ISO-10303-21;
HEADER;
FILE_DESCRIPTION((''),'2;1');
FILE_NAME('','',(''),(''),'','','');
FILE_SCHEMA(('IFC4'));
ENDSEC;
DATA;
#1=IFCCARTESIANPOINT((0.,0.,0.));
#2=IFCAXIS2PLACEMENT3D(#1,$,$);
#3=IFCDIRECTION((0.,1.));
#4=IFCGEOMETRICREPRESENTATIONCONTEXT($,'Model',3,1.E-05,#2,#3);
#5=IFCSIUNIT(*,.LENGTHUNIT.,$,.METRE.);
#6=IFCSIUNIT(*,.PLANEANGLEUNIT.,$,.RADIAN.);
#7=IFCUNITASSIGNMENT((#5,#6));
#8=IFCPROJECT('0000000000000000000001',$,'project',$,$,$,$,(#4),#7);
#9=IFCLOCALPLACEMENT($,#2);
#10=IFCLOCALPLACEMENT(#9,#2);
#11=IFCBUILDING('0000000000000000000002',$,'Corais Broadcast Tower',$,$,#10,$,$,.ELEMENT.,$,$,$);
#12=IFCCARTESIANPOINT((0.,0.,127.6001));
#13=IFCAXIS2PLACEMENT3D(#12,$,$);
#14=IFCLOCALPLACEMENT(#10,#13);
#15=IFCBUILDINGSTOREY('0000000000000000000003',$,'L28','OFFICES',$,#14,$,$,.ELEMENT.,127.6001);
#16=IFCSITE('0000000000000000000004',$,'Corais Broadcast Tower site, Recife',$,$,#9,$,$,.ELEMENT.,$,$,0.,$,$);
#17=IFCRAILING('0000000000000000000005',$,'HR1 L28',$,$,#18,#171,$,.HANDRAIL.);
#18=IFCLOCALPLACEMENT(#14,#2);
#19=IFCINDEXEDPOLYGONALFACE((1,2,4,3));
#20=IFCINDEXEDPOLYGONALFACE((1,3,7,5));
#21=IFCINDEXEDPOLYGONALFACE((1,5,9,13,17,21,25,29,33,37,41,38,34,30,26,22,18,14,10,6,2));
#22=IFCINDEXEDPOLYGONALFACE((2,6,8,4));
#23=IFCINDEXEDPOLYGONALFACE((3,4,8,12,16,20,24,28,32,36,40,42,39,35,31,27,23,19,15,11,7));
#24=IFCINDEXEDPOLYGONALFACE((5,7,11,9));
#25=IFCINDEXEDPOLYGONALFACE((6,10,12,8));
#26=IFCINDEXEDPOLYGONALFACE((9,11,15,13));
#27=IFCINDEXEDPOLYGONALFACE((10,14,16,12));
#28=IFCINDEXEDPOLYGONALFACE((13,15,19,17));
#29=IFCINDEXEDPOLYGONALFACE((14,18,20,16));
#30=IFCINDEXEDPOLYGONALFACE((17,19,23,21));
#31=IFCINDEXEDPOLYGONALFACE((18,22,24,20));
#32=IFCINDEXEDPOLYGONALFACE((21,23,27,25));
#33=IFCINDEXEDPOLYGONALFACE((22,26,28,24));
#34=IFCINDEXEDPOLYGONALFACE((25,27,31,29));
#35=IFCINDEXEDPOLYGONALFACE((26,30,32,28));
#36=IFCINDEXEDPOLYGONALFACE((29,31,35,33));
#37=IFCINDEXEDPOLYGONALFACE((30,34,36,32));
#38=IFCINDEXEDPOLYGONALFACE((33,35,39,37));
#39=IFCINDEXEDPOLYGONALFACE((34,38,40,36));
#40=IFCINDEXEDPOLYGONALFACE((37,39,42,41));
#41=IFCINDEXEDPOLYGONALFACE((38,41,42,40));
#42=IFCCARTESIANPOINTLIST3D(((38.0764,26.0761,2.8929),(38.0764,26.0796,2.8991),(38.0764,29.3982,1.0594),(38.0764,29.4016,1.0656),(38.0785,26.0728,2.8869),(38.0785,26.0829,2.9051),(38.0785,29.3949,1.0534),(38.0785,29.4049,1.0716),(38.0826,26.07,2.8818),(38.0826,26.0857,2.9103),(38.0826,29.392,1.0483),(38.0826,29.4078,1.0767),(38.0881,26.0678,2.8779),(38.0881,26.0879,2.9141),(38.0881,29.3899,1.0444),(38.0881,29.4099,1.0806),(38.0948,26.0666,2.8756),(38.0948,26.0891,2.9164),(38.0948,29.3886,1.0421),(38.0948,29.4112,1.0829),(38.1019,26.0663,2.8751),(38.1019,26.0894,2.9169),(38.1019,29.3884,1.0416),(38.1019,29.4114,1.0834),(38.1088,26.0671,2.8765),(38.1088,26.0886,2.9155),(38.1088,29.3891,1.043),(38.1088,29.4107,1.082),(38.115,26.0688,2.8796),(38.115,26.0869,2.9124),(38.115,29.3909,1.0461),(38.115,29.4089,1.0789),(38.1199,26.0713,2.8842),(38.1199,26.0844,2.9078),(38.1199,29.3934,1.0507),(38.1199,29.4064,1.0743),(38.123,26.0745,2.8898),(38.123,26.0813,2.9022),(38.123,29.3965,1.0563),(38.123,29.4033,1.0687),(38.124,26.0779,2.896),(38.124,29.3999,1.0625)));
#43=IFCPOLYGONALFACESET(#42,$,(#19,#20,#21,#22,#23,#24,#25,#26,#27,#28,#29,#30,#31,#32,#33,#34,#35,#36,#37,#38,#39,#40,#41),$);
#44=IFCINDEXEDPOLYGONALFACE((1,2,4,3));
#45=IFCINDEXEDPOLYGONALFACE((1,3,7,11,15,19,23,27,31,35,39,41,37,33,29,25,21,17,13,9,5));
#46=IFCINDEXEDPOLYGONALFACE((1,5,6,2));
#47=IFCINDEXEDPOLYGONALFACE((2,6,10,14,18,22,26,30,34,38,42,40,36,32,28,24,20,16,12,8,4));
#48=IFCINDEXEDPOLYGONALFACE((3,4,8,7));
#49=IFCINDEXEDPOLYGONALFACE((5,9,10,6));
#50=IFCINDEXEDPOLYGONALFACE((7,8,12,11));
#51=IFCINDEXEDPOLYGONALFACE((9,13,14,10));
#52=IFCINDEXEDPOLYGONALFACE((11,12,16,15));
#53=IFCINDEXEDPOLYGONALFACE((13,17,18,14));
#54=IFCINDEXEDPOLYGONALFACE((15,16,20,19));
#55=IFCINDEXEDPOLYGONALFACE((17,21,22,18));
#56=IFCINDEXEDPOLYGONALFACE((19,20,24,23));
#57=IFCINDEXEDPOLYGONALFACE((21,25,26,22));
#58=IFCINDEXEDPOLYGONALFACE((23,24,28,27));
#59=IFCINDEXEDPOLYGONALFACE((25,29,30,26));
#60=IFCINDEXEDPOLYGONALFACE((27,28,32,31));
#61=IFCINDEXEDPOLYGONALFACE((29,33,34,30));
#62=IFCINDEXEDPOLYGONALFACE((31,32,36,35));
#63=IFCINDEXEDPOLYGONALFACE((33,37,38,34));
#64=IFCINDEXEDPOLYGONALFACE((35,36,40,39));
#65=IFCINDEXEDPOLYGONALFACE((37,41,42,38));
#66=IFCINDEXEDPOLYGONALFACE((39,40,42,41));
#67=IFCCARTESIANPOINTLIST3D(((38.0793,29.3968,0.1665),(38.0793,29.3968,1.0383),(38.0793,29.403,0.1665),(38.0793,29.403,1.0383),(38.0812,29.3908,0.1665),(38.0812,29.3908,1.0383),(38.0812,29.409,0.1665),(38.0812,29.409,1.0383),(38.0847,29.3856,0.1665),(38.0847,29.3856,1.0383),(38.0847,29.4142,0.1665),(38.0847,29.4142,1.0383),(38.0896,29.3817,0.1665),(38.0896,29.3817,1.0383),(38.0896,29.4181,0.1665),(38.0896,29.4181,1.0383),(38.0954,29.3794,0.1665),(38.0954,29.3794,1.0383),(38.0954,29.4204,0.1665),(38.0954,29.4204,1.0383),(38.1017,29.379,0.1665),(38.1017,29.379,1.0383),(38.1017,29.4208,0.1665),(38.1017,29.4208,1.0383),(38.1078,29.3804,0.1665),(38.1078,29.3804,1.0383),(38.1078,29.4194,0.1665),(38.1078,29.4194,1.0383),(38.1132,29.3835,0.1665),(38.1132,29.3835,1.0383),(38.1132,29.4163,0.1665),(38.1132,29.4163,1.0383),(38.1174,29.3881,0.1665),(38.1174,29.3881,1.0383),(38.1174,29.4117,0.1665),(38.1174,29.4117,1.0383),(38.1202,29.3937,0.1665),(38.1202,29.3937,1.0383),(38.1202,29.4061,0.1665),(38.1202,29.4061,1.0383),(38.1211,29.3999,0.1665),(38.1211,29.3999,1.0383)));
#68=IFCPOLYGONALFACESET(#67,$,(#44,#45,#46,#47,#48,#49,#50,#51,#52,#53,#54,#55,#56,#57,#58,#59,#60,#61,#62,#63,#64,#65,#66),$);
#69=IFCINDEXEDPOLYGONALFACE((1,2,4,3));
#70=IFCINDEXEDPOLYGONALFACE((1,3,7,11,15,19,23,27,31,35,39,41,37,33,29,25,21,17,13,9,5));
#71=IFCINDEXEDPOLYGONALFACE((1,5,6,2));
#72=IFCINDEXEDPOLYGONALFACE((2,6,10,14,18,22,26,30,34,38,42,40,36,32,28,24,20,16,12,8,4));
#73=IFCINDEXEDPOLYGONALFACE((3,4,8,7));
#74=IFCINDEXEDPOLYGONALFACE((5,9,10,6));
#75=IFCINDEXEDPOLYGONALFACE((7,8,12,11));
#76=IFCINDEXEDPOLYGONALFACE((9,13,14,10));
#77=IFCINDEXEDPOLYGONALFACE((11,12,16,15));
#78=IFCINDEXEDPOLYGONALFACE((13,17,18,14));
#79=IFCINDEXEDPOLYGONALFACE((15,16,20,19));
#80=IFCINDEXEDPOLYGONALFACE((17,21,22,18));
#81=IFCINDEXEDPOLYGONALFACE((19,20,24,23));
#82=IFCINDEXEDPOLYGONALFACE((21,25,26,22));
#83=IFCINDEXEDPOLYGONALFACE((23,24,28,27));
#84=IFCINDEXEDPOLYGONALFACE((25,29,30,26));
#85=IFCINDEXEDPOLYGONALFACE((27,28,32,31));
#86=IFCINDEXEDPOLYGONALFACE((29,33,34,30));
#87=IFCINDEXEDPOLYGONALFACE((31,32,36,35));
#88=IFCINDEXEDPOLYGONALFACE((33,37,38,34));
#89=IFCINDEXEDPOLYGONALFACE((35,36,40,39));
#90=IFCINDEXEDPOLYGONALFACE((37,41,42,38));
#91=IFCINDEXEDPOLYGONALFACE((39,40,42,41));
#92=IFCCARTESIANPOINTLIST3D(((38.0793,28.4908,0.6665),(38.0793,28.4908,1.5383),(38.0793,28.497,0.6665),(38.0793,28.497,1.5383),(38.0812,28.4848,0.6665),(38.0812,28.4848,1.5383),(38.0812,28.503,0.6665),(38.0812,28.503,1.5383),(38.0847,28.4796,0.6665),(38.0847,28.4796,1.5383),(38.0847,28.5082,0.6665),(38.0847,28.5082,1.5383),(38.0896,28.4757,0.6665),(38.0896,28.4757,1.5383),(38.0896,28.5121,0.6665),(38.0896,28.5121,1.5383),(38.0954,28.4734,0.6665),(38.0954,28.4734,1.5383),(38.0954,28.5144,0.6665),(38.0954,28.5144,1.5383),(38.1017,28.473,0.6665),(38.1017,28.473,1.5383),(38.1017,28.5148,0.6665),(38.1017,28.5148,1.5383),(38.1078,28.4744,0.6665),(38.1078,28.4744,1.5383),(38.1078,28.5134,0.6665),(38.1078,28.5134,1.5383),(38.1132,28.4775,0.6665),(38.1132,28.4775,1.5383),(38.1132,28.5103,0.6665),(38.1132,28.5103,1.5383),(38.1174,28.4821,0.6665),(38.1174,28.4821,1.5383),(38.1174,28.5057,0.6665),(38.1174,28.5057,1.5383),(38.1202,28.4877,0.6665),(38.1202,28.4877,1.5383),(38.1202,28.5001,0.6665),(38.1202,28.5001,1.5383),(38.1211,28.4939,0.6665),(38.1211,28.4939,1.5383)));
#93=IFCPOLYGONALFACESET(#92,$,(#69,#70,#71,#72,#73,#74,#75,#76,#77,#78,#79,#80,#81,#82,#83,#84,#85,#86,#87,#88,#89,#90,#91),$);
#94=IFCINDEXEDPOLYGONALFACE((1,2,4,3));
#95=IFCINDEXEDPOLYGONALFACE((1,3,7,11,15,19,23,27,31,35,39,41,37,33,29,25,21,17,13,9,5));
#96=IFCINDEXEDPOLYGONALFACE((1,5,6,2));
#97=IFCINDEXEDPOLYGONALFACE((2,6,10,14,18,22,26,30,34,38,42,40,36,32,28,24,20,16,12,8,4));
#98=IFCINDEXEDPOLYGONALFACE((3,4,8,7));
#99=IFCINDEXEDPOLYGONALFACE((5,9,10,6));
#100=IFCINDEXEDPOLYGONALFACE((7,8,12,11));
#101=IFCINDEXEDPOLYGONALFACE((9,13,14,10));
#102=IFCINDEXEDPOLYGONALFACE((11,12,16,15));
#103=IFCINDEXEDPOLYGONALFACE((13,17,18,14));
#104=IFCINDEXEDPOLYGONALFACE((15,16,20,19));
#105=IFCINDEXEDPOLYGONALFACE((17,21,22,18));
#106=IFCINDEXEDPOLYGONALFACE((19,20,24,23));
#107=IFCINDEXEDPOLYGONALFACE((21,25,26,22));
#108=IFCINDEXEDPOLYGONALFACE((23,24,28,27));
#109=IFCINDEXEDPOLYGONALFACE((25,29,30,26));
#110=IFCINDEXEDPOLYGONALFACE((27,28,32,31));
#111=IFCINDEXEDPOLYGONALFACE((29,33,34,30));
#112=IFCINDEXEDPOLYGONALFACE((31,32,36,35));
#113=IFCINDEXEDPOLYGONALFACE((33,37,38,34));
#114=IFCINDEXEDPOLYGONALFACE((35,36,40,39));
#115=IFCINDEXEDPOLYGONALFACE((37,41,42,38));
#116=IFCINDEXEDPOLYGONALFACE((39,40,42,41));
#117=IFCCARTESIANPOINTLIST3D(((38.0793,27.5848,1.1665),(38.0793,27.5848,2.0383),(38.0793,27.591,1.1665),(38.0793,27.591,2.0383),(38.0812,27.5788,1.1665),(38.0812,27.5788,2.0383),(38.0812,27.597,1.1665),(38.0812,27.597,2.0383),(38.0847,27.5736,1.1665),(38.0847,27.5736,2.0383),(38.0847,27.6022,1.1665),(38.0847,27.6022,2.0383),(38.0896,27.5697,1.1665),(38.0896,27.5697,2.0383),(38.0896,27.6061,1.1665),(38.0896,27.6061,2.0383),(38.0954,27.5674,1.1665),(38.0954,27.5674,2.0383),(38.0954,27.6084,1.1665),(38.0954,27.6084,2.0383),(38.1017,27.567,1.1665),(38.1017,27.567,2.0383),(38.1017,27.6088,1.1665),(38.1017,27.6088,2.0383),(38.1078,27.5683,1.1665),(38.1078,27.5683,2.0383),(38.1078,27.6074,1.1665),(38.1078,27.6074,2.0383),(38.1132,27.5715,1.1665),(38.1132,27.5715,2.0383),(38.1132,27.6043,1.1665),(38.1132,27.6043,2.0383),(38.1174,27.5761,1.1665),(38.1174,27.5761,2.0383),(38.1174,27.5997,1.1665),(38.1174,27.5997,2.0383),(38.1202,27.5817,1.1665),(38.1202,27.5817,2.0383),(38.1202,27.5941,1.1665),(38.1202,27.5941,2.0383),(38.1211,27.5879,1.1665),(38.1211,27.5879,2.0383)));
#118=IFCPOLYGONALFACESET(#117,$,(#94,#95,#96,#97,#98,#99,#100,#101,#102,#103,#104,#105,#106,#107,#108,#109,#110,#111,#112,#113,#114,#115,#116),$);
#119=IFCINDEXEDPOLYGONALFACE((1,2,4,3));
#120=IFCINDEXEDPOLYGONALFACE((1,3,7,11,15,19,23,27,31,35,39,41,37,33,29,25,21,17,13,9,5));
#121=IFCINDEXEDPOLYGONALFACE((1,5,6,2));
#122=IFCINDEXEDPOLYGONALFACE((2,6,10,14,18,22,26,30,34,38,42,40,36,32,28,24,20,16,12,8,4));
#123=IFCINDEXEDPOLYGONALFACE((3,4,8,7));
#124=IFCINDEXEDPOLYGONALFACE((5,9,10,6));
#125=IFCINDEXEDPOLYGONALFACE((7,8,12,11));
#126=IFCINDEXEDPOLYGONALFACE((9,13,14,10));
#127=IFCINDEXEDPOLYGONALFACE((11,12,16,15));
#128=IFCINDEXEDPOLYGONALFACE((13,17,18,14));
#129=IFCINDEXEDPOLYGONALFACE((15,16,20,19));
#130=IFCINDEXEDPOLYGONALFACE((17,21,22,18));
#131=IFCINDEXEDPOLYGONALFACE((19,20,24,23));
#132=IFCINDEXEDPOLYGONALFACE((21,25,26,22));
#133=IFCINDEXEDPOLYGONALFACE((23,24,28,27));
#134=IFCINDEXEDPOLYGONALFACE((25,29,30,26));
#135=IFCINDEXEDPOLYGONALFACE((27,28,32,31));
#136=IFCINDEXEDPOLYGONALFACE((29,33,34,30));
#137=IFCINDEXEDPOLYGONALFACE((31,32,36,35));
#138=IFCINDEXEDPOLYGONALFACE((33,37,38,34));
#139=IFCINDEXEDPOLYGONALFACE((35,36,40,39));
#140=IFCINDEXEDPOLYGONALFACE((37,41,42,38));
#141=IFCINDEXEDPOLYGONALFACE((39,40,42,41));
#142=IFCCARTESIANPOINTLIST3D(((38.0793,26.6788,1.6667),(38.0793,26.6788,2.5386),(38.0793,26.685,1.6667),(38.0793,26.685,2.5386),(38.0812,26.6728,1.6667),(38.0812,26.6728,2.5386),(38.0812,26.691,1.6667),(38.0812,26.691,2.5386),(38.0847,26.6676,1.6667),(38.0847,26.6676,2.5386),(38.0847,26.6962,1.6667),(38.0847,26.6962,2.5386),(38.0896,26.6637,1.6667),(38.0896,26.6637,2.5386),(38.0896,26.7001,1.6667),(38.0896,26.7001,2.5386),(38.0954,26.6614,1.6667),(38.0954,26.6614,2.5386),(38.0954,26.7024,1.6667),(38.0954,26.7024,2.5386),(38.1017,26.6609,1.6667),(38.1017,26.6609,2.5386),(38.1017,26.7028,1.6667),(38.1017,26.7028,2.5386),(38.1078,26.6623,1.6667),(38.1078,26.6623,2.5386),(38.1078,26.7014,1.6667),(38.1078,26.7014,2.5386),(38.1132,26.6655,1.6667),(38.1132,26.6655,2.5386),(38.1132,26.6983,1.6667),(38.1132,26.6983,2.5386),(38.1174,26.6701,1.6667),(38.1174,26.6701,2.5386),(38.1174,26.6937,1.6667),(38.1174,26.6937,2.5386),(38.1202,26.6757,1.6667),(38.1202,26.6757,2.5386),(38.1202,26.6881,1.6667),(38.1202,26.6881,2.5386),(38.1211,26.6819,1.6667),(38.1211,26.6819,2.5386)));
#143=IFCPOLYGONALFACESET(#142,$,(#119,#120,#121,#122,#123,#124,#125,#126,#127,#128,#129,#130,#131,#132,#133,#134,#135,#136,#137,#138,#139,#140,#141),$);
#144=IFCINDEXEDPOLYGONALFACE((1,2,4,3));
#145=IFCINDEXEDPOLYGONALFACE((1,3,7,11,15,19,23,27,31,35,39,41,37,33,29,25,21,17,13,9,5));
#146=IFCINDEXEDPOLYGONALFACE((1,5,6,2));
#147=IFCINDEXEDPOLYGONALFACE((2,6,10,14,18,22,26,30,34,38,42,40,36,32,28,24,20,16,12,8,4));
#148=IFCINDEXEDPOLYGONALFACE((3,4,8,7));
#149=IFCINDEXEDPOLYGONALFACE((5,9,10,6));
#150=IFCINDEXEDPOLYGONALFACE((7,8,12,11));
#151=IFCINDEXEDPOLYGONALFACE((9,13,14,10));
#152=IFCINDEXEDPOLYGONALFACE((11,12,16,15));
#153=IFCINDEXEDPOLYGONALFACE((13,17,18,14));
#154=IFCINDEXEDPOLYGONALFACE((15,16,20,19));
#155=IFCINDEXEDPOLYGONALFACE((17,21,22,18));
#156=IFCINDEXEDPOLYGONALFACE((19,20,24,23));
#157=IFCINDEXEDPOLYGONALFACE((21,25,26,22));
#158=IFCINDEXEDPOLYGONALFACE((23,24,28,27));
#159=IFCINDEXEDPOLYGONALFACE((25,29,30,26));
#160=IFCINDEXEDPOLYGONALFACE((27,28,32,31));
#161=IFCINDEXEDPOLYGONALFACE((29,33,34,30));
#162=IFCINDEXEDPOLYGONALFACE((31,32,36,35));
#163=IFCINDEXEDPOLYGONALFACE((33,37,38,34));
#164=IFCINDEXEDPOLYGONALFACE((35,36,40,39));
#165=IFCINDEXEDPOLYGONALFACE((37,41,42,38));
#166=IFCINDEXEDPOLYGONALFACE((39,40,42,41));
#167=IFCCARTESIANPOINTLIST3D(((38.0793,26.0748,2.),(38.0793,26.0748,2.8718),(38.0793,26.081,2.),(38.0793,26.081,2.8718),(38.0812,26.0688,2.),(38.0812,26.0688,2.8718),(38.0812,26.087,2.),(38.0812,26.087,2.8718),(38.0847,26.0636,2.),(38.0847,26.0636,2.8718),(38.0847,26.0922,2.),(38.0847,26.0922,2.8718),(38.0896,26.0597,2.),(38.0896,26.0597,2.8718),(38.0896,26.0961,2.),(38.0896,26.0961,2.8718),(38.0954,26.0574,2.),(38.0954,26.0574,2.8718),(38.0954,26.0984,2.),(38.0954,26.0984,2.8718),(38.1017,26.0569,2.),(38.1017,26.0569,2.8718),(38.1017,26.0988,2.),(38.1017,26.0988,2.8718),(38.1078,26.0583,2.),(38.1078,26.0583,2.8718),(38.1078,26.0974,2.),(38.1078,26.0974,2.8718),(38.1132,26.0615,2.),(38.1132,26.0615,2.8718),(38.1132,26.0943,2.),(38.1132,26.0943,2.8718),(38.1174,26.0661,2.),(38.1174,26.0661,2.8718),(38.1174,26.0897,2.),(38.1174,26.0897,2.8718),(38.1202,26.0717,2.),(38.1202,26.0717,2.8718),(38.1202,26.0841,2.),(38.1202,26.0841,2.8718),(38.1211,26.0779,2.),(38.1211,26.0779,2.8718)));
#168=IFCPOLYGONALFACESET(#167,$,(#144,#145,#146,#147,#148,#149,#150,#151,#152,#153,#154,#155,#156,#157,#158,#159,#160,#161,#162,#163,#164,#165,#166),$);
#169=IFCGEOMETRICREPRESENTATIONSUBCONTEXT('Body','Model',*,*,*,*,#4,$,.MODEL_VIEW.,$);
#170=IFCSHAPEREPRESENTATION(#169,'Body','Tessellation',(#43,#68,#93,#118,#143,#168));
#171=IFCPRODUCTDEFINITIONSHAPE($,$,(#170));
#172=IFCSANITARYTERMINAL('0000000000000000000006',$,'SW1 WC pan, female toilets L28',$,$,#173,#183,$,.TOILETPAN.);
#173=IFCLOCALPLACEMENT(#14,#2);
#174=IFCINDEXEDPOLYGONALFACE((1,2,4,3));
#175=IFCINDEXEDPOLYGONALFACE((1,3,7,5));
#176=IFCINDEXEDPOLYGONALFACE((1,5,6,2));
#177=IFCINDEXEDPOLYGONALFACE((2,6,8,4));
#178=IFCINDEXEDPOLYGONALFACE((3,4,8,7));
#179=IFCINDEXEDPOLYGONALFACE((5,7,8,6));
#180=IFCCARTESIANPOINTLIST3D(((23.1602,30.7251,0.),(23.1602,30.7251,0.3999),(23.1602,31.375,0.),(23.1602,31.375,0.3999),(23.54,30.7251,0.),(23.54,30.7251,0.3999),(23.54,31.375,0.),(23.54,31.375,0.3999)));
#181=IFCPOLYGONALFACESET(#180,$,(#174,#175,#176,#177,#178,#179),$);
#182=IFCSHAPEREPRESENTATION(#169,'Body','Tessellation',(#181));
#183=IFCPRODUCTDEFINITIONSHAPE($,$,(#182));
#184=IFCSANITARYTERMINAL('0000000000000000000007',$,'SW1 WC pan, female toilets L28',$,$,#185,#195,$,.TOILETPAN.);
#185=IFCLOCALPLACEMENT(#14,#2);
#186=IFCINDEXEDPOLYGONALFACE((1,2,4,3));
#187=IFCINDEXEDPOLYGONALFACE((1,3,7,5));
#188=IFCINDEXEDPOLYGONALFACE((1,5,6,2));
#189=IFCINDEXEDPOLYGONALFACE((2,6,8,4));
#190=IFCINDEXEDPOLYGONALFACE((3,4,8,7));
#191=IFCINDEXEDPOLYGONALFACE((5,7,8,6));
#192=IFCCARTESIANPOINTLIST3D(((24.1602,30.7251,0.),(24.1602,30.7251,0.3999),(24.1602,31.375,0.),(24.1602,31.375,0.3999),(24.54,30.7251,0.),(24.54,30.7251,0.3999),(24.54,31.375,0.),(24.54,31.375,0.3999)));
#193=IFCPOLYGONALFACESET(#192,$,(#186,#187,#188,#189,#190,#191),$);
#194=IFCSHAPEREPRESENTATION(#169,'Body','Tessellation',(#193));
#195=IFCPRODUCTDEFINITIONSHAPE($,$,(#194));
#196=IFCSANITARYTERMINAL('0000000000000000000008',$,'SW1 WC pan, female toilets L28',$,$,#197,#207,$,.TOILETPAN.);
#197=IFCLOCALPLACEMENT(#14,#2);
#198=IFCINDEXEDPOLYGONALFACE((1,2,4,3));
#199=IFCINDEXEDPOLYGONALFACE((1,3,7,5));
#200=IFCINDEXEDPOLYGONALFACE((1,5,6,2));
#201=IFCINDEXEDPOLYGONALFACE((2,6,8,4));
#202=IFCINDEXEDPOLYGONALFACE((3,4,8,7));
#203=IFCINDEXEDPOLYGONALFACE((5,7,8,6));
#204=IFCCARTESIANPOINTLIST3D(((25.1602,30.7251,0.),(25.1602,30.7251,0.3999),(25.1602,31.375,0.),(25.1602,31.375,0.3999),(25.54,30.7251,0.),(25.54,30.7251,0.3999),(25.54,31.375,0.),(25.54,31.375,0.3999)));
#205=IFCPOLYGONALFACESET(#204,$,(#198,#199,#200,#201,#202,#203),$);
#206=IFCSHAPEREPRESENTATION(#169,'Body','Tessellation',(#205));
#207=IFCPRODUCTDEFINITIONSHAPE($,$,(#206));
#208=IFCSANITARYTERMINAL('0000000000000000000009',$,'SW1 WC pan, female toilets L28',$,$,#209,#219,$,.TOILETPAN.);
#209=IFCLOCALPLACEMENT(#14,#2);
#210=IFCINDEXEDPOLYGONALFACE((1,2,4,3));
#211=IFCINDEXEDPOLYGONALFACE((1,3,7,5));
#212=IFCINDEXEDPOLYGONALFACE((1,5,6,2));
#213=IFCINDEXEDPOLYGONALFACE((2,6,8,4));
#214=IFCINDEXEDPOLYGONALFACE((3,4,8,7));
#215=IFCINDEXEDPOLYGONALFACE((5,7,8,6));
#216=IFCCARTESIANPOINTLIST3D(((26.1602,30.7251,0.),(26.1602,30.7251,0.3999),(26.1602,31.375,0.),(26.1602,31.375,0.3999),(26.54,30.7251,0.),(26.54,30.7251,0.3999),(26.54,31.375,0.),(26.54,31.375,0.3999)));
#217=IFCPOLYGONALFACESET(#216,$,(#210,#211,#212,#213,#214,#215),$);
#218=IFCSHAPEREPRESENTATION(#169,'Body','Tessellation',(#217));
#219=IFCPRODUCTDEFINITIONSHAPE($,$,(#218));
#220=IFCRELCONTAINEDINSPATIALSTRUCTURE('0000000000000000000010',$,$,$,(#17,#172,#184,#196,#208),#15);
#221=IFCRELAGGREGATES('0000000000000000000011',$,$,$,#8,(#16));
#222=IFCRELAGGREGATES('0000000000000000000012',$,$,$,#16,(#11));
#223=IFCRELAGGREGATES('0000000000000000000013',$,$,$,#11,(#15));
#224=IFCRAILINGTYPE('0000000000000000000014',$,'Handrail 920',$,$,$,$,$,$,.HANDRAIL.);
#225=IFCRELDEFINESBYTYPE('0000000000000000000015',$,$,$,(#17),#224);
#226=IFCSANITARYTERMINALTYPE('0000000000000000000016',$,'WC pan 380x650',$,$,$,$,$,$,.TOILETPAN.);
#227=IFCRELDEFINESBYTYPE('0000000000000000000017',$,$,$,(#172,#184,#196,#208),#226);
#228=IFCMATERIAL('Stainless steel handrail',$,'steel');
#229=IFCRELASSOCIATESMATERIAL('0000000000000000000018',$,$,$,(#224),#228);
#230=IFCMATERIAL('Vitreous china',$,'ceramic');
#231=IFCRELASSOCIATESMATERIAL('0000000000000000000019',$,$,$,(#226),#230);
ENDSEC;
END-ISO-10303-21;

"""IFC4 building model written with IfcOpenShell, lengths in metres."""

from ifc_helpers import new_model, si_unit, direction, frame, origin, origin_2d, place, context, subcontext, project, spatial, rectangle, circle, extrude, material, type_object, element, save


model = new_model("IFC4")

# Units and contexts
model_context = context("Model", 3, precision=1e-05, world=origin(), true_north=direction((0.0, 1.0)))
body_context = subcontext(model_context, "Body", "Model", "MODEL_VIEW")
ifc_project = project(units=[si_unit("LENGTHUNIT", "METRE"), si_unit("PLANEANGLEUNIT", "RADIAN")], contexts=[model_context])

# Site, building, storey
site_placement = place(None, origin())
site = spatial("IfcSite", under=ifc_project, at=site_placement, Name="Corais Broadcast Tower site, Recife", CompositionType="ELEMENT", RefElevation=0.0)
building_placement = place(site_placement, origin())
building = spatial("IfcBuilding", under=site, at=building_placement, Name="Corais Broadcast Tower", CompositionType="ELEMENT")
storey_placement = place(building_placement, frame((0.0, 0.0, 127.6001)))
storey = spatial("IfcBuildingStorey", under=building, at=storey_placement, Name="L28", Description="OFFICES", CompositionType="ELEMENT", Elevation=127.6001)

# Railing
ifc_material_1 = material(Name="Stainless steel handrail", Category="steel")
railing_type = type_object("IfcRailingType", Name="Handrail 920", PredefinedType="HANDRAIL", material=ifc_material_1)
for number, where, name in (
    (1, (38.1001, 29.3999, 0.1665), "HR1 L28"),
):
    element("IfcRailing", number, at=place(storey_placement, frame(where)), inside=storey, type_object=railing_type, Name=name, PredefinedType="HANDRAIL", context=body_context, shape_type="SweptSolid", body=[
        extrude(circle(Radius=0.0239, at=origin_2d()), frame((0.0, 0.0, 0.896), z_axis=(0.0, -0.875504, 0.48321), x_axis=(1.0, 0.0, 0.0)), (0.0, 0.0, 1.0), 3.7944),
        extrude(circle(Radius=0.021, at=origin_2d()), origin(), (0.0, 0.0, 1.0), 0.8718),
        extrude(circle(Radius=0.021, at=origin_2d()), frame((0.0, -0.906, 0.5)), (0.0, 0.0, 1.0), 0.8718),
        extrude(circle(Radius=0.021, at=origin_2d()), frame((0.0, -1.812, 1.0)), (0.0, 0.0, 1.0), 0.8718),
        extrude(circle(Radius=0.021, at=origin_2d()), frame((0.0, -2.718, 1.5002)), (0.0, 0.0, 1.0), 0.8718),
        extrude(circle(Radius=0.021, at=origin_2d()), frame((0.0, -3.322, 1.8335)), (0.0, 0.0, 1.0), 0.8718),
    ])

# Sanitary terminals
ifc_material_2 = material(Name="Vitreous china", Category="ceramic")
sanitary_terminal_type_1 = type_object("IfcSanitaryTerminalType", Name="WC pan 380x650", PredefinedType="TOILETPAN", material=ifc_material_2)
for number, where, z_axis, x_axis, name in (
    (2, (23.3501, 31.05, 0.0), (0.0, 0.0, 1.0), (1.0, 0.0, 0.0), "SW1 WC pan, female toilets L28"),
    (3, (24.3501, 31.05, 0.0), (0.0, 0.0, 1.0), (1.0, 0.0, 0.0), "SW1 WC pan, female toilets L28"),
    (4, (25.3501, 31.05, 0.0), (0.0, 0.0, 1.0), (1.0, 0.0, 0.0), "SW1 WC pan, female toilets L28"),
    (5, (26.3501, 31.05, 0.0), (0.0, 0.0, 1.0), (1.0, 0.0, 0.0), "SW1 WC pan, female toilets L28"),
):
    element("IfcSanitaryTerminal", number, at=place(storey_placement, frame(where, z_axis=z_axis, x_axis=x_axis)), inside=storey, type_object=sanitary_terminal_type_1, Name=name, PredefinedType="TOILETPAN", context=body_context, shape_type="SweptSolid", body=[
        extrude(rectangle(XDim=0.3799, YDim=0.6499, at=origin_2d()), origin(), (0.0, 0.0, 1.0), 0.3999),
    ])

save(model, "model.ifc")
